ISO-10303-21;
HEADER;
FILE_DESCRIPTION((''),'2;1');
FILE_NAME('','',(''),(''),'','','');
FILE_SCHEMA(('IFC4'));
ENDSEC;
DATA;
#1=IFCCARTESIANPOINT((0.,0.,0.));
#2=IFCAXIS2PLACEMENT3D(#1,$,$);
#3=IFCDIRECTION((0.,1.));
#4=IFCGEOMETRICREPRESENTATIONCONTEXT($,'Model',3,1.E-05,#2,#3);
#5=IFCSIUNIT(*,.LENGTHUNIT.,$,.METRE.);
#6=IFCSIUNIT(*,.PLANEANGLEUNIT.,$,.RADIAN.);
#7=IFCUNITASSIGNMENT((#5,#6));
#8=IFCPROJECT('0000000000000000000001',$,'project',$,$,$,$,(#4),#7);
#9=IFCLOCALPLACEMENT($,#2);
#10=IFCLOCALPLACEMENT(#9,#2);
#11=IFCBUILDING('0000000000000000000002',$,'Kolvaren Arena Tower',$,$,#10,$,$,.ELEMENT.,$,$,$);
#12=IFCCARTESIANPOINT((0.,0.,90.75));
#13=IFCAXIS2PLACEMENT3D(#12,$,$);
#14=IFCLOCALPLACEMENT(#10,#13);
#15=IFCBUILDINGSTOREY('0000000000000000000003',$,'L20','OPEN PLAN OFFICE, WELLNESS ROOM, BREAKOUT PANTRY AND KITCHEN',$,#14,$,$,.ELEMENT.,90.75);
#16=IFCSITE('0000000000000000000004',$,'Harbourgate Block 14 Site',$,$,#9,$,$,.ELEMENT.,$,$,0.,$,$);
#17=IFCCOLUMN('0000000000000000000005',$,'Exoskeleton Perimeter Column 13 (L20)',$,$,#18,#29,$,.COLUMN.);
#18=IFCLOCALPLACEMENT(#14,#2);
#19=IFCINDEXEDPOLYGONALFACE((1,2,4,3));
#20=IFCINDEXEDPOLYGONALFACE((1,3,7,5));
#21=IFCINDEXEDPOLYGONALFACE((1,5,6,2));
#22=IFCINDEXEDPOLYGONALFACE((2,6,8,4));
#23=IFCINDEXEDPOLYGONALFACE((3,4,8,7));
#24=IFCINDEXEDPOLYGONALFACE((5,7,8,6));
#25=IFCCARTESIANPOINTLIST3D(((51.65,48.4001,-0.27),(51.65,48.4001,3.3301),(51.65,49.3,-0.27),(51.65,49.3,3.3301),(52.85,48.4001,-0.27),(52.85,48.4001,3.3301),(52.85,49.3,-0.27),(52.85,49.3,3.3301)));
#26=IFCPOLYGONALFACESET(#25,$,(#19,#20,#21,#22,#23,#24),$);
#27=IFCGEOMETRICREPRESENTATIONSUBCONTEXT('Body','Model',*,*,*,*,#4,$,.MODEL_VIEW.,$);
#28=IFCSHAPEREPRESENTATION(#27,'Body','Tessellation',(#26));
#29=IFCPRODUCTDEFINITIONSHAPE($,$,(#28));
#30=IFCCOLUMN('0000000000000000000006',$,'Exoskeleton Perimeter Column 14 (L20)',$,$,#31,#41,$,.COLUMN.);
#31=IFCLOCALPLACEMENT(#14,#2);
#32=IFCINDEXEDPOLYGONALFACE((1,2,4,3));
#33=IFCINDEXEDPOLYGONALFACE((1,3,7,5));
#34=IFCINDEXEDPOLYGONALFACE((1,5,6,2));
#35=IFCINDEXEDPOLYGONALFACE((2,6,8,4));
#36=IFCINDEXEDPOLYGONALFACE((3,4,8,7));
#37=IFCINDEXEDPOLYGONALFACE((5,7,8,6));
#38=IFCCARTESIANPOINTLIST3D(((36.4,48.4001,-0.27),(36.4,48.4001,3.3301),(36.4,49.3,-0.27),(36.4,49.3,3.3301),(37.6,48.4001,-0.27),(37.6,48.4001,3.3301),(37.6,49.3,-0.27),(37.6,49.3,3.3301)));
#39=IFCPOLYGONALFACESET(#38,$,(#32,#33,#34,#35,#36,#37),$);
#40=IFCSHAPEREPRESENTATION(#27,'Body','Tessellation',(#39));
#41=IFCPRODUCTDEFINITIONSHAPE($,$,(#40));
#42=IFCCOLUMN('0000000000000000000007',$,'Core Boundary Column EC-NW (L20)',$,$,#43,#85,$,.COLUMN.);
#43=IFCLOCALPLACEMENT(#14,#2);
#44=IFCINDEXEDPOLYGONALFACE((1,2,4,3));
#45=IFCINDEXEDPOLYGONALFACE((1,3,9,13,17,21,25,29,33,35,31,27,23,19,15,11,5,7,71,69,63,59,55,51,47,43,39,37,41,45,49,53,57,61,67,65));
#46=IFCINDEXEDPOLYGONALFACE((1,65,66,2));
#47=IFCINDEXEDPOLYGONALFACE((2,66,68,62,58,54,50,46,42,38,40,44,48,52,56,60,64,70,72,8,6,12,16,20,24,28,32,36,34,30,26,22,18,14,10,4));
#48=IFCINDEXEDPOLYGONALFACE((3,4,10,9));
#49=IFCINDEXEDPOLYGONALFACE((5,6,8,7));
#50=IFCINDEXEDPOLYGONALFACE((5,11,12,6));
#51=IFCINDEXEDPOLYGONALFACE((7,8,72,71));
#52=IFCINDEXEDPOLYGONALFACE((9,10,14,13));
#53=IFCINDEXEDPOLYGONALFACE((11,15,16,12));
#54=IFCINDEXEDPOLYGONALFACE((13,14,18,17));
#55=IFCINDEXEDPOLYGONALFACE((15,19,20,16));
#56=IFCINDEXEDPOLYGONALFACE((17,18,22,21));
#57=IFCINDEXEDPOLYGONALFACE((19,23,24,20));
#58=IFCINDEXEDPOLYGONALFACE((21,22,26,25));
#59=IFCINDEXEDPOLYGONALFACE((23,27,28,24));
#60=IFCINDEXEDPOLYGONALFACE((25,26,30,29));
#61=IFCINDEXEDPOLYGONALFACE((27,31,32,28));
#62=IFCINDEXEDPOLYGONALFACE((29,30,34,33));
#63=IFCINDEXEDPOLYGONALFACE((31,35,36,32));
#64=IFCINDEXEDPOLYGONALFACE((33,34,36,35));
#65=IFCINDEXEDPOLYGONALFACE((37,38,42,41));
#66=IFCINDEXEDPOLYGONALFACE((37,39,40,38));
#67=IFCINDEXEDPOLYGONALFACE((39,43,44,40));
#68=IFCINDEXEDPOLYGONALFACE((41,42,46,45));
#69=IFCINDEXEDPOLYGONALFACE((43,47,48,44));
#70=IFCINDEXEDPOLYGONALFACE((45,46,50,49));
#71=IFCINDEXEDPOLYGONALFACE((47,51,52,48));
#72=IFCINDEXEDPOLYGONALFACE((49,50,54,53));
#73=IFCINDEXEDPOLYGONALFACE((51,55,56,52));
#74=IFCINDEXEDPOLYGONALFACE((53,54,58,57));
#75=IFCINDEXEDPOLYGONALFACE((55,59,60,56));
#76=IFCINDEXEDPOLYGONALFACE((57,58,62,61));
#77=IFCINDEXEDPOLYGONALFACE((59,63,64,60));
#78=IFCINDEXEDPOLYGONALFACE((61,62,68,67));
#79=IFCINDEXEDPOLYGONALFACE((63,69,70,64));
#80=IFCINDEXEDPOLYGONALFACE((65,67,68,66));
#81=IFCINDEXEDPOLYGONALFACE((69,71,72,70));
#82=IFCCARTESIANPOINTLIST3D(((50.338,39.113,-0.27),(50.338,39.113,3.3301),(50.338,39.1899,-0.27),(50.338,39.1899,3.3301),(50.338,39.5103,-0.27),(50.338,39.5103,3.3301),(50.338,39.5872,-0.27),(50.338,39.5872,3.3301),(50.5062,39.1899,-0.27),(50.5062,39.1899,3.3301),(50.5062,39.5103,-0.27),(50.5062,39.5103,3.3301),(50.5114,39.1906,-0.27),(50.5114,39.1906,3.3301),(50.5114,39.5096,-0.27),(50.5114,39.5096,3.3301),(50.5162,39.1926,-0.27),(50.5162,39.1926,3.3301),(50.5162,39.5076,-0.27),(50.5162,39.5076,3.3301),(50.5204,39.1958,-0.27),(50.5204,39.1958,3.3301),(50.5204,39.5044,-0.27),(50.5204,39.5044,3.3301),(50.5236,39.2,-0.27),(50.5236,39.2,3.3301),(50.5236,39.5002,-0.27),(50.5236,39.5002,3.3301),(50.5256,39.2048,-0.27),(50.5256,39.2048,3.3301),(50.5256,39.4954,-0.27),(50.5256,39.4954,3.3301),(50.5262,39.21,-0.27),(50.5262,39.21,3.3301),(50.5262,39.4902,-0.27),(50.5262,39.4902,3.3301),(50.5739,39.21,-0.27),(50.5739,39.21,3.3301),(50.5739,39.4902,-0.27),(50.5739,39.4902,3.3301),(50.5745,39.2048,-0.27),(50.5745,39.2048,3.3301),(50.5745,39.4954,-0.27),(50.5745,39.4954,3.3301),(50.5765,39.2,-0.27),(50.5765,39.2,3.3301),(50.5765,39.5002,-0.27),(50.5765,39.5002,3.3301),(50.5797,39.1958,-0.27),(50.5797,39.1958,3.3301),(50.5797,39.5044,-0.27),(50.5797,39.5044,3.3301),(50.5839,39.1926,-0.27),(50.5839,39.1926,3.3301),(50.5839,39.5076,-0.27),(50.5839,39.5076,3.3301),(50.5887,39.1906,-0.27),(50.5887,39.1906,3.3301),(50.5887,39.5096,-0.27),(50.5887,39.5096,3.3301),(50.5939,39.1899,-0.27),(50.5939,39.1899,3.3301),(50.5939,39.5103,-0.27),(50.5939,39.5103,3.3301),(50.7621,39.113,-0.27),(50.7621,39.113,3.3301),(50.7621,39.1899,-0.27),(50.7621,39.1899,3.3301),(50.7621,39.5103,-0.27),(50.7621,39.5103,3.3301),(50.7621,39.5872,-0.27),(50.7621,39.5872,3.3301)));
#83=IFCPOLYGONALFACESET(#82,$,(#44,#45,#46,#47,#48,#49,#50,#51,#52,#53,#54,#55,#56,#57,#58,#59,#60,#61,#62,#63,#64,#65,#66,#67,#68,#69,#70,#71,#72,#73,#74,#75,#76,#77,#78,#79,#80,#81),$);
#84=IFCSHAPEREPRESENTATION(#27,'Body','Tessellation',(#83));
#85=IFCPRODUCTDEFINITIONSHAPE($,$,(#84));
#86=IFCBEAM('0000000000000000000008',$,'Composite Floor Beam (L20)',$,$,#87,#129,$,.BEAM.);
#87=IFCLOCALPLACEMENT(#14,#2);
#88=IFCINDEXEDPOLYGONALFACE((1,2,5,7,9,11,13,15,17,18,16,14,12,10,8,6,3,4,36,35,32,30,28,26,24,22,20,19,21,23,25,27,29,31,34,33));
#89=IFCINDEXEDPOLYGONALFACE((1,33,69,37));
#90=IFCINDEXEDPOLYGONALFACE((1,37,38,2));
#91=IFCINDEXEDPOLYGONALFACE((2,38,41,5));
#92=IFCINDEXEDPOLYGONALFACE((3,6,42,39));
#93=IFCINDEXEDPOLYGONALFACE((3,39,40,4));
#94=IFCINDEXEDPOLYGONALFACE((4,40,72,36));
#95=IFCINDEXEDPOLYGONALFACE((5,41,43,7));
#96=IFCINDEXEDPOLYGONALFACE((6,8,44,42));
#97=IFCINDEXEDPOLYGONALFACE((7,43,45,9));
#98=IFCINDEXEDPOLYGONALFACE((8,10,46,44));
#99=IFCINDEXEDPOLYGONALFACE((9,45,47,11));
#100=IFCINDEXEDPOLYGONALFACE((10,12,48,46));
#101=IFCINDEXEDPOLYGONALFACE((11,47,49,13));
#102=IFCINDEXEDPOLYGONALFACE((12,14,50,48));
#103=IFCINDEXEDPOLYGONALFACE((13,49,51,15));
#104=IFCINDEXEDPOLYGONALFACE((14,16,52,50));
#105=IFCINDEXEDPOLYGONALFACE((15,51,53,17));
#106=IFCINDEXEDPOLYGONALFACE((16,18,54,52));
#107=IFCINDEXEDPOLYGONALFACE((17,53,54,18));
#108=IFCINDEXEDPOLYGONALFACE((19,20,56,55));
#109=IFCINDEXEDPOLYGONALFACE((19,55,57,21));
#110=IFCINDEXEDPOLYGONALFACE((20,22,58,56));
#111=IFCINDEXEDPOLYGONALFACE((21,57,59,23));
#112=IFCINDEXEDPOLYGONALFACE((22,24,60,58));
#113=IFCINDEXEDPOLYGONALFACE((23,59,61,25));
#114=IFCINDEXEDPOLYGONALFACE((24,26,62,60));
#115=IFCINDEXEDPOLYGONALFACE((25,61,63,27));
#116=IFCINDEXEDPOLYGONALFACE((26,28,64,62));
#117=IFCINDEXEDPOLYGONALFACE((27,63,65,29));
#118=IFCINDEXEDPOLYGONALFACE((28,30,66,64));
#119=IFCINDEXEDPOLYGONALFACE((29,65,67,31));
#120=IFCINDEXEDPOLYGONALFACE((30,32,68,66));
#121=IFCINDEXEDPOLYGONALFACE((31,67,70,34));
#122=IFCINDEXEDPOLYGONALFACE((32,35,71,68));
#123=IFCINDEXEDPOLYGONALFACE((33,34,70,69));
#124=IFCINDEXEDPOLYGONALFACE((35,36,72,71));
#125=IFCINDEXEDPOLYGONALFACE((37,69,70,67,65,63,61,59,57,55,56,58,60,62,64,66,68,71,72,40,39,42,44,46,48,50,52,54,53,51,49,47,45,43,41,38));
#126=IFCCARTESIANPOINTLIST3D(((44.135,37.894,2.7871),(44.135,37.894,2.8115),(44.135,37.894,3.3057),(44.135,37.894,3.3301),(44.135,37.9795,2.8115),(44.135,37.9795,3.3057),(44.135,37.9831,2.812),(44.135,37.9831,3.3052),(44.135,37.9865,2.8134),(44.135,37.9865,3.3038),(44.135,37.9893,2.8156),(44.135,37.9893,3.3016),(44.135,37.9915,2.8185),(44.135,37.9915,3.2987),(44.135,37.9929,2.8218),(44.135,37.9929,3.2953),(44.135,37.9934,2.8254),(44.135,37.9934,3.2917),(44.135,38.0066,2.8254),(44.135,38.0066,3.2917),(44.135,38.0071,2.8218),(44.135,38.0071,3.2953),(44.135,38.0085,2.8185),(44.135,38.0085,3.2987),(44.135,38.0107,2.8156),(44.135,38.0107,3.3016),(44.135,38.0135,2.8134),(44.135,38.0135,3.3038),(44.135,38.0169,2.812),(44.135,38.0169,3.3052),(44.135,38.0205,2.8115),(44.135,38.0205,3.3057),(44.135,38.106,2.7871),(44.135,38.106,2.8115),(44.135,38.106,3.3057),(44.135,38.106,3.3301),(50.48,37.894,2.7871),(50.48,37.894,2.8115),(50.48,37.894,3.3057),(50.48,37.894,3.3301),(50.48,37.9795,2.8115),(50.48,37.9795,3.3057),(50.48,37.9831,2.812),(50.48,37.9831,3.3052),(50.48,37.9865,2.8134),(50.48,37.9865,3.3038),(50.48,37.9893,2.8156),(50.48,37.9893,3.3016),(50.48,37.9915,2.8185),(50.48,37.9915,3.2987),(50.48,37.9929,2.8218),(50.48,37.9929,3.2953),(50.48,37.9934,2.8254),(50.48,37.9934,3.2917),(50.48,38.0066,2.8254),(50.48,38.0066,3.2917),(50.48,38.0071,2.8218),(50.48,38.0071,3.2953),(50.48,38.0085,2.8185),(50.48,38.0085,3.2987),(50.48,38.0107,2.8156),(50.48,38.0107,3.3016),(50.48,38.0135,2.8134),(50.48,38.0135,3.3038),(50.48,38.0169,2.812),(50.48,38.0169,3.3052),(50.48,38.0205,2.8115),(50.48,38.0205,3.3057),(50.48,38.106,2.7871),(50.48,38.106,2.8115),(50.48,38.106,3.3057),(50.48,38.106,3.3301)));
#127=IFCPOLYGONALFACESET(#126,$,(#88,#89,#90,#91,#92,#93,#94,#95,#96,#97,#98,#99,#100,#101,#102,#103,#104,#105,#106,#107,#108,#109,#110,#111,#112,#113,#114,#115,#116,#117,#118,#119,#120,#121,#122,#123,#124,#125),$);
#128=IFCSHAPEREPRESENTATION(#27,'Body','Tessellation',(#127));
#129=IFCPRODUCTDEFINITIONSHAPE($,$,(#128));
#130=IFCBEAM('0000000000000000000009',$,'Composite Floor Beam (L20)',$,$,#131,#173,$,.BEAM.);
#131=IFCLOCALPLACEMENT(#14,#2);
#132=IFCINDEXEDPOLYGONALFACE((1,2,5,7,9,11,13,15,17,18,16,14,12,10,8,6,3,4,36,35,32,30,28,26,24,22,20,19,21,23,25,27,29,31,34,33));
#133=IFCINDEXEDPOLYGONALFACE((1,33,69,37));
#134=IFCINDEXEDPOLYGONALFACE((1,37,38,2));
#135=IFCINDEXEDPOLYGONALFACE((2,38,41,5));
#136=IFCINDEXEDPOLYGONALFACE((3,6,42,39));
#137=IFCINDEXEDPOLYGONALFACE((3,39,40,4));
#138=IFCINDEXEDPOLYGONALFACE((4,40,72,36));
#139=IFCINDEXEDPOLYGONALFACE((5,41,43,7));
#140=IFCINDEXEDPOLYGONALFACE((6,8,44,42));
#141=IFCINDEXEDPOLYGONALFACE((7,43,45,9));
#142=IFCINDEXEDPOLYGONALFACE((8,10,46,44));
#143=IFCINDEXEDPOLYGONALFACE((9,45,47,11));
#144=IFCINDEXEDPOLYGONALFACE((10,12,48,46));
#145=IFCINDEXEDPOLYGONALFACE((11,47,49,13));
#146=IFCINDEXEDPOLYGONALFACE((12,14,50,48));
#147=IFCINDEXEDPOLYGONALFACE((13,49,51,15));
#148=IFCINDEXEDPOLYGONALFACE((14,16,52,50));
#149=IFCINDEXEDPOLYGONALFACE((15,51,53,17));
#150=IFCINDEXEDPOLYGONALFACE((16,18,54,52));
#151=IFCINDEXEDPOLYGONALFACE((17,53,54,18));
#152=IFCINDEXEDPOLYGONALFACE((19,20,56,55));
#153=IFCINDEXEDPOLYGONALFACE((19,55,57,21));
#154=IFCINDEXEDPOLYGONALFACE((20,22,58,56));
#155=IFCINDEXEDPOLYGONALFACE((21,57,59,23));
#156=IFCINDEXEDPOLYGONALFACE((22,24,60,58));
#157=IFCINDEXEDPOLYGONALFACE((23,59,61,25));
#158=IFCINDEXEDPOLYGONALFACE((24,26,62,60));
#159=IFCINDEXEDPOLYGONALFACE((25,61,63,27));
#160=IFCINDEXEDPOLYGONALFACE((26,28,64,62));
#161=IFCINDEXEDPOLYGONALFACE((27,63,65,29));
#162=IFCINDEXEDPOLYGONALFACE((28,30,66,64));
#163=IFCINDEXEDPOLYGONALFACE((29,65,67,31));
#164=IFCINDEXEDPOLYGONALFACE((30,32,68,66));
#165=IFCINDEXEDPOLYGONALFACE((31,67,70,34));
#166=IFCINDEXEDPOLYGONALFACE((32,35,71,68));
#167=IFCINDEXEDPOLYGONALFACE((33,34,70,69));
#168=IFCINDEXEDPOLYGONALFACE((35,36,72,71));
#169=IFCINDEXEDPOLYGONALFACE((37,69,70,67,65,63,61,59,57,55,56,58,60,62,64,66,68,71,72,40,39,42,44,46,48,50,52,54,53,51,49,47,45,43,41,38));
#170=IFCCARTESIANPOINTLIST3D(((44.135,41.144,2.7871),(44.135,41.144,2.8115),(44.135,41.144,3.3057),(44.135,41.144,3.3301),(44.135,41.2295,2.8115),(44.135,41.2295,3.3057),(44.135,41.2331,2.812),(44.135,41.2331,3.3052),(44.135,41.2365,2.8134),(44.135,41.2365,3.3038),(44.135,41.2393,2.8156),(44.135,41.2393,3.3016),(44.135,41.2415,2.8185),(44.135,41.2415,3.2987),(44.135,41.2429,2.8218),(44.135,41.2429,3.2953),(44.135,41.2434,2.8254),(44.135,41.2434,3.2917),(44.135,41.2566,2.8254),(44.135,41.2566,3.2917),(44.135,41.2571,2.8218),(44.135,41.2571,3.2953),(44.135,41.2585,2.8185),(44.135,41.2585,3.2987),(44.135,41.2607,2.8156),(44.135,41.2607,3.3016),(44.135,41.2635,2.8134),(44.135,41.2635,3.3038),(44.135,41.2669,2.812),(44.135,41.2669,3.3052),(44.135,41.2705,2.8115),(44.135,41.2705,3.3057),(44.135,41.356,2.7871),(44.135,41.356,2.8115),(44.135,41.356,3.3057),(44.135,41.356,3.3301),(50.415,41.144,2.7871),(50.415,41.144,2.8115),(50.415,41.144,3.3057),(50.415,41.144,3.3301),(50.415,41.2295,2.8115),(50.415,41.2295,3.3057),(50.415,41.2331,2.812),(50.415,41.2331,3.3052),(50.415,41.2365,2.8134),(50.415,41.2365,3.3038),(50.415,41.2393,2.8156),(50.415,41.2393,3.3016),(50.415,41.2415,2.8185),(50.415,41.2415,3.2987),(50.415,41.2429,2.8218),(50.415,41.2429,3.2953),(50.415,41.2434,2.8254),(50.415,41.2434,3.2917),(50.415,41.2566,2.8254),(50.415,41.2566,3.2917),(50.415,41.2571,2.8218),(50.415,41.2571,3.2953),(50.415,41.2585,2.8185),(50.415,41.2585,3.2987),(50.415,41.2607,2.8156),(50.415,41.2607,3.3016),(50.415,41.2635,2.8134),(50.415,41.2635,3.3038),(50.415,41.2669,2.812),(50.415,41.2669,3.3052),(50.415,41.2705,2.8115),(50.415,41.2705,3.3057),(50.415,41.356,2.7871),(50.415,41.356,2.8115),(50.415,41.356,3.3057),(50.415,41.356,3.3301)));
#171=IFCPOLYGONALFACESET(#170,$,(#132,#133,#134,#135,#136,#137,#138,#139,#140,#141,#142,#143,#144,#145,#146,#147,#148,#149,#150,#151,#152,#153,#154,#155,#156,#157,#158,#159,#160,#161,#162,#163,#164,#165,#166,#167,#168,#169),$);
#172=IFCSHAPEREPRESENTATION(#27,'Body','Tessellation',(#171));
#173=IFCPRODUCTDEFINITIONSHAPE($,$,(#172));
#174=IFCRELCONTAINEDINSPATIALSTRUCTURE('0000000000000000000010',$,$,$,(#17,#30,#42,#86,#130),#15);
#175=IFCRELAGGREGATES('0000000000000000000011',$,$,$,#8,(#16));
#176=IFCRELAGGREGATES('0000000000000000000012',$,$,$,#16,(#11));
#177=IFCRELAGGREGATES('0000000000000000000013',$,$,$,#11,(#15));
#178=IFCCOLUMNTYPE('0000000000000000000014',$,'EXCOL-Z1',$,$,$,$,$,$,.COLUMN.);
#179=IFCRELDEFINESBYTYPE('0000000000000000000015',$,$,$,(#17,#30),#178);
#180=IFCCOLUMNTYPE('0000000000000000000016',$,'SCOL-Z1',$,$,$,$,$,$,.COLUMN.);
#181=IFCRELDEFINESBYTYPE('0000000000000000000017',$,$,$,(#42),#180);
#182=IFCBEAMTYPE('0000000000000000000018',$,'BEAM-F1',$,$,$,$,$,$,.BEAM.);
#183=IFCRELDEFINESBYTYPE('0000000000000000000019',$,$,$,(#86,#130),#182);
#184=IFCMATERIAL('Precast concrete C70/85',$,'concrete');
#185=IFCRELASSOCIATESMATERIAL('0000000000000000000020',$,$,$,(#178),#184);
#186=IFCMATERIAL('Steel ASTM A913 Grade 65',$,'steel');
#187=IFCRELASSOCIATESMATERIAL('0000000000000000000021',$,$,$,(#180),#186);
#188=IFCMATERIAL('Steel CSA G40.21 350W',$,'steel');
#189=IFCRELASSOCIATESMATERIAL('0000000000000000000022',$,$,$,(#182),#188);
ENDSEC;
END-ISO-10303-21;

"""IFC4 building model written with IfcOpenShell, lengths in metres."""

from ifc_helpers import new_model, si_unit, direction, frame, origin, origin_2d, place, context, subcontext, project, spatial, rectangle, i_section, extrude, material, material_profile, profile_set, type_object, element, save


model = new_model("IFC4")

# Units and contexts
model_context = context("Model", 3, precision=1e-05, world=origin(), true_north=direction((0.0, 1.0)))
body_context = subcontext(model_context, "Body", "Model", "MODEL_VIEW")
ifc_project = project(units=[si_unit("LENGTHUNIT", "METRE"), si_unit("PLANEANGLEUNIT", "RADIAN")], contexts=[model_context])

# Site, building, storey
site_placement = place(None, origin())
site = spatial("IfcSite", under=ifc_project, at=site_placement, Name="Harbourgate Block 14 Site", CompositionType="ELEMENT", RefElevation=0.0)
building_placement = place(site_placement, origin())
building = spatial("IfcBuilding", under=site, at=building_placement, Name="Kolvaren Arena Tower", CompositionType="ELEMENT")
storey_placement = place(building_placement, frame((0.0, 0.0, 90.75)))
storey = spatial("IfcBuildingStorey", under=building, at=storey_placement, Name="L20", Description="OPEN PLAN OFFICE, WELLNESS ROOM, BREAKOUT PANTRY AND KITCHEN", CompositionType="ELEMENT", Elevation=90.75)

# Columns
ifc_material_1 = material(Name="Precast concrete C70/85", Category="concrete")
ifc_material_profile_1 = material_profile(ifc_material_1, rectangle(XDim=1.2, YDim=0.8999, at=origin_2d()), Name="RC-1200x900")
ifc_profile_set_1 = profile_set([ifc_material_profile_1], Name="Precast concrete C70/85")
column_type_1 = type_object("IfcColumnType", Name="EXCOL-Z1", PredefinedType="COLUMN", material=ifc_profile_set_1)
for number, where, z_axis, x_axis, name in (
    (1, (52.25, 48.8501, -0.27), (0.0, 0.0, 1.0), (1.0, 0.0, 0.0), "Exoskeleton Perimeter Column 13 (L20)"),
    (2, (37.0, 48.8501, -0.27), (0.0, 0.0, 1.0), (1.0, 0.0, 0.0), "Exoskeleton Perimeter Column 14 (L20)"),
):
    element("IfcColumn", number, at=place(storey_placement, frame(where, z_axis=z_axis, x_axis=x_axis)), inside=storey, type_object=column_type_1, Name=name, PredefinedType="COLUMN", context=body_context, shape_type="SweptSolid", body=[
        extrude(rectangle(XDim=1.2, YDim=0.8999, at=origin_2d()), origin(), (0.0, 0.0, 1.0), 3.6001),
    ])
ifc_material_2 = material(Name="Steel ASTM A913 Grade 65", Category="steel")
ifc_material_profile_2 = material_profile(ifc_material_2, i_section(OverallWidth=0.4241, OverallDepth=0.4741, WebThickness=0.0476, FlangeThickness=0.0769, FilletRadius=0.02, at=origin_2d()), Name="W360x634")
ifc_profile_set_2 = profile_set([ifc_material_profile_2], Name="Steel ASTM A913 Grade 65")
column_type_2 = type_object("IfcColumnType", Name="SCOL-Z1", PredefinedType="COLUMN", material=ifc_profile_set_2)
column_placement = place(storey_placement, frame((50.55, 39.3501, -0.27), z_axis=(0.0, 0.0, 1.0), x_axis=(1.0, 0.0, 0.0)))
element("IfcColumn", 3, at=column_placement, inside=storey, type_object=column_type_2, Name="Core Boundary Column EC-NW (L20)", PredefinedType="COLUMN", context=body_context, shape_type="SweptSolid", body=[
    extrude(i_section(OverallWidth=0.4241, OverallDepth=0.4741, WebThickness=0.0476, FlangeThickness=0.0769, FilletRadius=0.02, at=origin_2d()), origin(), (0.0, 0.0, 1.0), 3.6001),
])

# Beams
ifc_material_3 = material(Name="Steel CSA G40.21 350W", Category="steel")
ifc_material_profile_3 = material_profile(ifc_material_3, i_section(OverallWidth=0.2119, OverallDepth=0.543, WebThickness=0.0132, FlangeThickness=0.0244, FilletRadius=0.0139, at=origin_2d()), Name="W530x150")
ifc_profile_set_3 = profile_set([ifc_material_profile_3], Name="Steel CSA G40.21 350W")
beam_type_1 = type_object("IfcBeamType", Name="BEAM-F1", PredefinedType="BEAM", material=ifc_profile_set_3)
beam_1_placement = place(storey_placement, frame((44.135, 38.0, 3.0586), z_axis=(1.0, 0.0, 0.0), x_axis=(0.0, 1.0, 0.0)))
element("IfcBeam", 4, at=beam_1_placement, inside=storey, type_object=beam_type_1, Name="Composite Floor Beam (L20)", PredefinedType="BEAM", context=body_context, shape_type="SweptSolid", body=[
    extrude(i_section(OverallWidth=0.2119, OverallDepth=0.543, WebThickness=0.0132, FlangeThickness=0.0244, FilletRadius=0.0139, at=origin_2d()), origin(), (0.0, 0.0, 1.0), 6.345),
])
beam_2_placement = place(storey_placement, frame((44.135, 41.25, 3.0586), z_axis=(1.0, 0.0, 0.0), x_axis=(0.0, 1.0, 0.0)))
element("IfcBeam", 5, at=beam_2_placement, inside=storey, type_object=beam_type_1, Name="Composite Floor Beam (L20)", PredefinedType="BEAM", context=body_context, shape_type="SweptSolid", body=[
    extrude(i_section(OverallWidth=0.2119, OverallDepth=0.543, WebThickness=0.0132, FlangeThickness=0.0244, FilletRadius=0.0139, at=origin_2d()), origin(), (0.0, 0.0, 1.0), 6.28),
])

save(model, "model.ifc")
